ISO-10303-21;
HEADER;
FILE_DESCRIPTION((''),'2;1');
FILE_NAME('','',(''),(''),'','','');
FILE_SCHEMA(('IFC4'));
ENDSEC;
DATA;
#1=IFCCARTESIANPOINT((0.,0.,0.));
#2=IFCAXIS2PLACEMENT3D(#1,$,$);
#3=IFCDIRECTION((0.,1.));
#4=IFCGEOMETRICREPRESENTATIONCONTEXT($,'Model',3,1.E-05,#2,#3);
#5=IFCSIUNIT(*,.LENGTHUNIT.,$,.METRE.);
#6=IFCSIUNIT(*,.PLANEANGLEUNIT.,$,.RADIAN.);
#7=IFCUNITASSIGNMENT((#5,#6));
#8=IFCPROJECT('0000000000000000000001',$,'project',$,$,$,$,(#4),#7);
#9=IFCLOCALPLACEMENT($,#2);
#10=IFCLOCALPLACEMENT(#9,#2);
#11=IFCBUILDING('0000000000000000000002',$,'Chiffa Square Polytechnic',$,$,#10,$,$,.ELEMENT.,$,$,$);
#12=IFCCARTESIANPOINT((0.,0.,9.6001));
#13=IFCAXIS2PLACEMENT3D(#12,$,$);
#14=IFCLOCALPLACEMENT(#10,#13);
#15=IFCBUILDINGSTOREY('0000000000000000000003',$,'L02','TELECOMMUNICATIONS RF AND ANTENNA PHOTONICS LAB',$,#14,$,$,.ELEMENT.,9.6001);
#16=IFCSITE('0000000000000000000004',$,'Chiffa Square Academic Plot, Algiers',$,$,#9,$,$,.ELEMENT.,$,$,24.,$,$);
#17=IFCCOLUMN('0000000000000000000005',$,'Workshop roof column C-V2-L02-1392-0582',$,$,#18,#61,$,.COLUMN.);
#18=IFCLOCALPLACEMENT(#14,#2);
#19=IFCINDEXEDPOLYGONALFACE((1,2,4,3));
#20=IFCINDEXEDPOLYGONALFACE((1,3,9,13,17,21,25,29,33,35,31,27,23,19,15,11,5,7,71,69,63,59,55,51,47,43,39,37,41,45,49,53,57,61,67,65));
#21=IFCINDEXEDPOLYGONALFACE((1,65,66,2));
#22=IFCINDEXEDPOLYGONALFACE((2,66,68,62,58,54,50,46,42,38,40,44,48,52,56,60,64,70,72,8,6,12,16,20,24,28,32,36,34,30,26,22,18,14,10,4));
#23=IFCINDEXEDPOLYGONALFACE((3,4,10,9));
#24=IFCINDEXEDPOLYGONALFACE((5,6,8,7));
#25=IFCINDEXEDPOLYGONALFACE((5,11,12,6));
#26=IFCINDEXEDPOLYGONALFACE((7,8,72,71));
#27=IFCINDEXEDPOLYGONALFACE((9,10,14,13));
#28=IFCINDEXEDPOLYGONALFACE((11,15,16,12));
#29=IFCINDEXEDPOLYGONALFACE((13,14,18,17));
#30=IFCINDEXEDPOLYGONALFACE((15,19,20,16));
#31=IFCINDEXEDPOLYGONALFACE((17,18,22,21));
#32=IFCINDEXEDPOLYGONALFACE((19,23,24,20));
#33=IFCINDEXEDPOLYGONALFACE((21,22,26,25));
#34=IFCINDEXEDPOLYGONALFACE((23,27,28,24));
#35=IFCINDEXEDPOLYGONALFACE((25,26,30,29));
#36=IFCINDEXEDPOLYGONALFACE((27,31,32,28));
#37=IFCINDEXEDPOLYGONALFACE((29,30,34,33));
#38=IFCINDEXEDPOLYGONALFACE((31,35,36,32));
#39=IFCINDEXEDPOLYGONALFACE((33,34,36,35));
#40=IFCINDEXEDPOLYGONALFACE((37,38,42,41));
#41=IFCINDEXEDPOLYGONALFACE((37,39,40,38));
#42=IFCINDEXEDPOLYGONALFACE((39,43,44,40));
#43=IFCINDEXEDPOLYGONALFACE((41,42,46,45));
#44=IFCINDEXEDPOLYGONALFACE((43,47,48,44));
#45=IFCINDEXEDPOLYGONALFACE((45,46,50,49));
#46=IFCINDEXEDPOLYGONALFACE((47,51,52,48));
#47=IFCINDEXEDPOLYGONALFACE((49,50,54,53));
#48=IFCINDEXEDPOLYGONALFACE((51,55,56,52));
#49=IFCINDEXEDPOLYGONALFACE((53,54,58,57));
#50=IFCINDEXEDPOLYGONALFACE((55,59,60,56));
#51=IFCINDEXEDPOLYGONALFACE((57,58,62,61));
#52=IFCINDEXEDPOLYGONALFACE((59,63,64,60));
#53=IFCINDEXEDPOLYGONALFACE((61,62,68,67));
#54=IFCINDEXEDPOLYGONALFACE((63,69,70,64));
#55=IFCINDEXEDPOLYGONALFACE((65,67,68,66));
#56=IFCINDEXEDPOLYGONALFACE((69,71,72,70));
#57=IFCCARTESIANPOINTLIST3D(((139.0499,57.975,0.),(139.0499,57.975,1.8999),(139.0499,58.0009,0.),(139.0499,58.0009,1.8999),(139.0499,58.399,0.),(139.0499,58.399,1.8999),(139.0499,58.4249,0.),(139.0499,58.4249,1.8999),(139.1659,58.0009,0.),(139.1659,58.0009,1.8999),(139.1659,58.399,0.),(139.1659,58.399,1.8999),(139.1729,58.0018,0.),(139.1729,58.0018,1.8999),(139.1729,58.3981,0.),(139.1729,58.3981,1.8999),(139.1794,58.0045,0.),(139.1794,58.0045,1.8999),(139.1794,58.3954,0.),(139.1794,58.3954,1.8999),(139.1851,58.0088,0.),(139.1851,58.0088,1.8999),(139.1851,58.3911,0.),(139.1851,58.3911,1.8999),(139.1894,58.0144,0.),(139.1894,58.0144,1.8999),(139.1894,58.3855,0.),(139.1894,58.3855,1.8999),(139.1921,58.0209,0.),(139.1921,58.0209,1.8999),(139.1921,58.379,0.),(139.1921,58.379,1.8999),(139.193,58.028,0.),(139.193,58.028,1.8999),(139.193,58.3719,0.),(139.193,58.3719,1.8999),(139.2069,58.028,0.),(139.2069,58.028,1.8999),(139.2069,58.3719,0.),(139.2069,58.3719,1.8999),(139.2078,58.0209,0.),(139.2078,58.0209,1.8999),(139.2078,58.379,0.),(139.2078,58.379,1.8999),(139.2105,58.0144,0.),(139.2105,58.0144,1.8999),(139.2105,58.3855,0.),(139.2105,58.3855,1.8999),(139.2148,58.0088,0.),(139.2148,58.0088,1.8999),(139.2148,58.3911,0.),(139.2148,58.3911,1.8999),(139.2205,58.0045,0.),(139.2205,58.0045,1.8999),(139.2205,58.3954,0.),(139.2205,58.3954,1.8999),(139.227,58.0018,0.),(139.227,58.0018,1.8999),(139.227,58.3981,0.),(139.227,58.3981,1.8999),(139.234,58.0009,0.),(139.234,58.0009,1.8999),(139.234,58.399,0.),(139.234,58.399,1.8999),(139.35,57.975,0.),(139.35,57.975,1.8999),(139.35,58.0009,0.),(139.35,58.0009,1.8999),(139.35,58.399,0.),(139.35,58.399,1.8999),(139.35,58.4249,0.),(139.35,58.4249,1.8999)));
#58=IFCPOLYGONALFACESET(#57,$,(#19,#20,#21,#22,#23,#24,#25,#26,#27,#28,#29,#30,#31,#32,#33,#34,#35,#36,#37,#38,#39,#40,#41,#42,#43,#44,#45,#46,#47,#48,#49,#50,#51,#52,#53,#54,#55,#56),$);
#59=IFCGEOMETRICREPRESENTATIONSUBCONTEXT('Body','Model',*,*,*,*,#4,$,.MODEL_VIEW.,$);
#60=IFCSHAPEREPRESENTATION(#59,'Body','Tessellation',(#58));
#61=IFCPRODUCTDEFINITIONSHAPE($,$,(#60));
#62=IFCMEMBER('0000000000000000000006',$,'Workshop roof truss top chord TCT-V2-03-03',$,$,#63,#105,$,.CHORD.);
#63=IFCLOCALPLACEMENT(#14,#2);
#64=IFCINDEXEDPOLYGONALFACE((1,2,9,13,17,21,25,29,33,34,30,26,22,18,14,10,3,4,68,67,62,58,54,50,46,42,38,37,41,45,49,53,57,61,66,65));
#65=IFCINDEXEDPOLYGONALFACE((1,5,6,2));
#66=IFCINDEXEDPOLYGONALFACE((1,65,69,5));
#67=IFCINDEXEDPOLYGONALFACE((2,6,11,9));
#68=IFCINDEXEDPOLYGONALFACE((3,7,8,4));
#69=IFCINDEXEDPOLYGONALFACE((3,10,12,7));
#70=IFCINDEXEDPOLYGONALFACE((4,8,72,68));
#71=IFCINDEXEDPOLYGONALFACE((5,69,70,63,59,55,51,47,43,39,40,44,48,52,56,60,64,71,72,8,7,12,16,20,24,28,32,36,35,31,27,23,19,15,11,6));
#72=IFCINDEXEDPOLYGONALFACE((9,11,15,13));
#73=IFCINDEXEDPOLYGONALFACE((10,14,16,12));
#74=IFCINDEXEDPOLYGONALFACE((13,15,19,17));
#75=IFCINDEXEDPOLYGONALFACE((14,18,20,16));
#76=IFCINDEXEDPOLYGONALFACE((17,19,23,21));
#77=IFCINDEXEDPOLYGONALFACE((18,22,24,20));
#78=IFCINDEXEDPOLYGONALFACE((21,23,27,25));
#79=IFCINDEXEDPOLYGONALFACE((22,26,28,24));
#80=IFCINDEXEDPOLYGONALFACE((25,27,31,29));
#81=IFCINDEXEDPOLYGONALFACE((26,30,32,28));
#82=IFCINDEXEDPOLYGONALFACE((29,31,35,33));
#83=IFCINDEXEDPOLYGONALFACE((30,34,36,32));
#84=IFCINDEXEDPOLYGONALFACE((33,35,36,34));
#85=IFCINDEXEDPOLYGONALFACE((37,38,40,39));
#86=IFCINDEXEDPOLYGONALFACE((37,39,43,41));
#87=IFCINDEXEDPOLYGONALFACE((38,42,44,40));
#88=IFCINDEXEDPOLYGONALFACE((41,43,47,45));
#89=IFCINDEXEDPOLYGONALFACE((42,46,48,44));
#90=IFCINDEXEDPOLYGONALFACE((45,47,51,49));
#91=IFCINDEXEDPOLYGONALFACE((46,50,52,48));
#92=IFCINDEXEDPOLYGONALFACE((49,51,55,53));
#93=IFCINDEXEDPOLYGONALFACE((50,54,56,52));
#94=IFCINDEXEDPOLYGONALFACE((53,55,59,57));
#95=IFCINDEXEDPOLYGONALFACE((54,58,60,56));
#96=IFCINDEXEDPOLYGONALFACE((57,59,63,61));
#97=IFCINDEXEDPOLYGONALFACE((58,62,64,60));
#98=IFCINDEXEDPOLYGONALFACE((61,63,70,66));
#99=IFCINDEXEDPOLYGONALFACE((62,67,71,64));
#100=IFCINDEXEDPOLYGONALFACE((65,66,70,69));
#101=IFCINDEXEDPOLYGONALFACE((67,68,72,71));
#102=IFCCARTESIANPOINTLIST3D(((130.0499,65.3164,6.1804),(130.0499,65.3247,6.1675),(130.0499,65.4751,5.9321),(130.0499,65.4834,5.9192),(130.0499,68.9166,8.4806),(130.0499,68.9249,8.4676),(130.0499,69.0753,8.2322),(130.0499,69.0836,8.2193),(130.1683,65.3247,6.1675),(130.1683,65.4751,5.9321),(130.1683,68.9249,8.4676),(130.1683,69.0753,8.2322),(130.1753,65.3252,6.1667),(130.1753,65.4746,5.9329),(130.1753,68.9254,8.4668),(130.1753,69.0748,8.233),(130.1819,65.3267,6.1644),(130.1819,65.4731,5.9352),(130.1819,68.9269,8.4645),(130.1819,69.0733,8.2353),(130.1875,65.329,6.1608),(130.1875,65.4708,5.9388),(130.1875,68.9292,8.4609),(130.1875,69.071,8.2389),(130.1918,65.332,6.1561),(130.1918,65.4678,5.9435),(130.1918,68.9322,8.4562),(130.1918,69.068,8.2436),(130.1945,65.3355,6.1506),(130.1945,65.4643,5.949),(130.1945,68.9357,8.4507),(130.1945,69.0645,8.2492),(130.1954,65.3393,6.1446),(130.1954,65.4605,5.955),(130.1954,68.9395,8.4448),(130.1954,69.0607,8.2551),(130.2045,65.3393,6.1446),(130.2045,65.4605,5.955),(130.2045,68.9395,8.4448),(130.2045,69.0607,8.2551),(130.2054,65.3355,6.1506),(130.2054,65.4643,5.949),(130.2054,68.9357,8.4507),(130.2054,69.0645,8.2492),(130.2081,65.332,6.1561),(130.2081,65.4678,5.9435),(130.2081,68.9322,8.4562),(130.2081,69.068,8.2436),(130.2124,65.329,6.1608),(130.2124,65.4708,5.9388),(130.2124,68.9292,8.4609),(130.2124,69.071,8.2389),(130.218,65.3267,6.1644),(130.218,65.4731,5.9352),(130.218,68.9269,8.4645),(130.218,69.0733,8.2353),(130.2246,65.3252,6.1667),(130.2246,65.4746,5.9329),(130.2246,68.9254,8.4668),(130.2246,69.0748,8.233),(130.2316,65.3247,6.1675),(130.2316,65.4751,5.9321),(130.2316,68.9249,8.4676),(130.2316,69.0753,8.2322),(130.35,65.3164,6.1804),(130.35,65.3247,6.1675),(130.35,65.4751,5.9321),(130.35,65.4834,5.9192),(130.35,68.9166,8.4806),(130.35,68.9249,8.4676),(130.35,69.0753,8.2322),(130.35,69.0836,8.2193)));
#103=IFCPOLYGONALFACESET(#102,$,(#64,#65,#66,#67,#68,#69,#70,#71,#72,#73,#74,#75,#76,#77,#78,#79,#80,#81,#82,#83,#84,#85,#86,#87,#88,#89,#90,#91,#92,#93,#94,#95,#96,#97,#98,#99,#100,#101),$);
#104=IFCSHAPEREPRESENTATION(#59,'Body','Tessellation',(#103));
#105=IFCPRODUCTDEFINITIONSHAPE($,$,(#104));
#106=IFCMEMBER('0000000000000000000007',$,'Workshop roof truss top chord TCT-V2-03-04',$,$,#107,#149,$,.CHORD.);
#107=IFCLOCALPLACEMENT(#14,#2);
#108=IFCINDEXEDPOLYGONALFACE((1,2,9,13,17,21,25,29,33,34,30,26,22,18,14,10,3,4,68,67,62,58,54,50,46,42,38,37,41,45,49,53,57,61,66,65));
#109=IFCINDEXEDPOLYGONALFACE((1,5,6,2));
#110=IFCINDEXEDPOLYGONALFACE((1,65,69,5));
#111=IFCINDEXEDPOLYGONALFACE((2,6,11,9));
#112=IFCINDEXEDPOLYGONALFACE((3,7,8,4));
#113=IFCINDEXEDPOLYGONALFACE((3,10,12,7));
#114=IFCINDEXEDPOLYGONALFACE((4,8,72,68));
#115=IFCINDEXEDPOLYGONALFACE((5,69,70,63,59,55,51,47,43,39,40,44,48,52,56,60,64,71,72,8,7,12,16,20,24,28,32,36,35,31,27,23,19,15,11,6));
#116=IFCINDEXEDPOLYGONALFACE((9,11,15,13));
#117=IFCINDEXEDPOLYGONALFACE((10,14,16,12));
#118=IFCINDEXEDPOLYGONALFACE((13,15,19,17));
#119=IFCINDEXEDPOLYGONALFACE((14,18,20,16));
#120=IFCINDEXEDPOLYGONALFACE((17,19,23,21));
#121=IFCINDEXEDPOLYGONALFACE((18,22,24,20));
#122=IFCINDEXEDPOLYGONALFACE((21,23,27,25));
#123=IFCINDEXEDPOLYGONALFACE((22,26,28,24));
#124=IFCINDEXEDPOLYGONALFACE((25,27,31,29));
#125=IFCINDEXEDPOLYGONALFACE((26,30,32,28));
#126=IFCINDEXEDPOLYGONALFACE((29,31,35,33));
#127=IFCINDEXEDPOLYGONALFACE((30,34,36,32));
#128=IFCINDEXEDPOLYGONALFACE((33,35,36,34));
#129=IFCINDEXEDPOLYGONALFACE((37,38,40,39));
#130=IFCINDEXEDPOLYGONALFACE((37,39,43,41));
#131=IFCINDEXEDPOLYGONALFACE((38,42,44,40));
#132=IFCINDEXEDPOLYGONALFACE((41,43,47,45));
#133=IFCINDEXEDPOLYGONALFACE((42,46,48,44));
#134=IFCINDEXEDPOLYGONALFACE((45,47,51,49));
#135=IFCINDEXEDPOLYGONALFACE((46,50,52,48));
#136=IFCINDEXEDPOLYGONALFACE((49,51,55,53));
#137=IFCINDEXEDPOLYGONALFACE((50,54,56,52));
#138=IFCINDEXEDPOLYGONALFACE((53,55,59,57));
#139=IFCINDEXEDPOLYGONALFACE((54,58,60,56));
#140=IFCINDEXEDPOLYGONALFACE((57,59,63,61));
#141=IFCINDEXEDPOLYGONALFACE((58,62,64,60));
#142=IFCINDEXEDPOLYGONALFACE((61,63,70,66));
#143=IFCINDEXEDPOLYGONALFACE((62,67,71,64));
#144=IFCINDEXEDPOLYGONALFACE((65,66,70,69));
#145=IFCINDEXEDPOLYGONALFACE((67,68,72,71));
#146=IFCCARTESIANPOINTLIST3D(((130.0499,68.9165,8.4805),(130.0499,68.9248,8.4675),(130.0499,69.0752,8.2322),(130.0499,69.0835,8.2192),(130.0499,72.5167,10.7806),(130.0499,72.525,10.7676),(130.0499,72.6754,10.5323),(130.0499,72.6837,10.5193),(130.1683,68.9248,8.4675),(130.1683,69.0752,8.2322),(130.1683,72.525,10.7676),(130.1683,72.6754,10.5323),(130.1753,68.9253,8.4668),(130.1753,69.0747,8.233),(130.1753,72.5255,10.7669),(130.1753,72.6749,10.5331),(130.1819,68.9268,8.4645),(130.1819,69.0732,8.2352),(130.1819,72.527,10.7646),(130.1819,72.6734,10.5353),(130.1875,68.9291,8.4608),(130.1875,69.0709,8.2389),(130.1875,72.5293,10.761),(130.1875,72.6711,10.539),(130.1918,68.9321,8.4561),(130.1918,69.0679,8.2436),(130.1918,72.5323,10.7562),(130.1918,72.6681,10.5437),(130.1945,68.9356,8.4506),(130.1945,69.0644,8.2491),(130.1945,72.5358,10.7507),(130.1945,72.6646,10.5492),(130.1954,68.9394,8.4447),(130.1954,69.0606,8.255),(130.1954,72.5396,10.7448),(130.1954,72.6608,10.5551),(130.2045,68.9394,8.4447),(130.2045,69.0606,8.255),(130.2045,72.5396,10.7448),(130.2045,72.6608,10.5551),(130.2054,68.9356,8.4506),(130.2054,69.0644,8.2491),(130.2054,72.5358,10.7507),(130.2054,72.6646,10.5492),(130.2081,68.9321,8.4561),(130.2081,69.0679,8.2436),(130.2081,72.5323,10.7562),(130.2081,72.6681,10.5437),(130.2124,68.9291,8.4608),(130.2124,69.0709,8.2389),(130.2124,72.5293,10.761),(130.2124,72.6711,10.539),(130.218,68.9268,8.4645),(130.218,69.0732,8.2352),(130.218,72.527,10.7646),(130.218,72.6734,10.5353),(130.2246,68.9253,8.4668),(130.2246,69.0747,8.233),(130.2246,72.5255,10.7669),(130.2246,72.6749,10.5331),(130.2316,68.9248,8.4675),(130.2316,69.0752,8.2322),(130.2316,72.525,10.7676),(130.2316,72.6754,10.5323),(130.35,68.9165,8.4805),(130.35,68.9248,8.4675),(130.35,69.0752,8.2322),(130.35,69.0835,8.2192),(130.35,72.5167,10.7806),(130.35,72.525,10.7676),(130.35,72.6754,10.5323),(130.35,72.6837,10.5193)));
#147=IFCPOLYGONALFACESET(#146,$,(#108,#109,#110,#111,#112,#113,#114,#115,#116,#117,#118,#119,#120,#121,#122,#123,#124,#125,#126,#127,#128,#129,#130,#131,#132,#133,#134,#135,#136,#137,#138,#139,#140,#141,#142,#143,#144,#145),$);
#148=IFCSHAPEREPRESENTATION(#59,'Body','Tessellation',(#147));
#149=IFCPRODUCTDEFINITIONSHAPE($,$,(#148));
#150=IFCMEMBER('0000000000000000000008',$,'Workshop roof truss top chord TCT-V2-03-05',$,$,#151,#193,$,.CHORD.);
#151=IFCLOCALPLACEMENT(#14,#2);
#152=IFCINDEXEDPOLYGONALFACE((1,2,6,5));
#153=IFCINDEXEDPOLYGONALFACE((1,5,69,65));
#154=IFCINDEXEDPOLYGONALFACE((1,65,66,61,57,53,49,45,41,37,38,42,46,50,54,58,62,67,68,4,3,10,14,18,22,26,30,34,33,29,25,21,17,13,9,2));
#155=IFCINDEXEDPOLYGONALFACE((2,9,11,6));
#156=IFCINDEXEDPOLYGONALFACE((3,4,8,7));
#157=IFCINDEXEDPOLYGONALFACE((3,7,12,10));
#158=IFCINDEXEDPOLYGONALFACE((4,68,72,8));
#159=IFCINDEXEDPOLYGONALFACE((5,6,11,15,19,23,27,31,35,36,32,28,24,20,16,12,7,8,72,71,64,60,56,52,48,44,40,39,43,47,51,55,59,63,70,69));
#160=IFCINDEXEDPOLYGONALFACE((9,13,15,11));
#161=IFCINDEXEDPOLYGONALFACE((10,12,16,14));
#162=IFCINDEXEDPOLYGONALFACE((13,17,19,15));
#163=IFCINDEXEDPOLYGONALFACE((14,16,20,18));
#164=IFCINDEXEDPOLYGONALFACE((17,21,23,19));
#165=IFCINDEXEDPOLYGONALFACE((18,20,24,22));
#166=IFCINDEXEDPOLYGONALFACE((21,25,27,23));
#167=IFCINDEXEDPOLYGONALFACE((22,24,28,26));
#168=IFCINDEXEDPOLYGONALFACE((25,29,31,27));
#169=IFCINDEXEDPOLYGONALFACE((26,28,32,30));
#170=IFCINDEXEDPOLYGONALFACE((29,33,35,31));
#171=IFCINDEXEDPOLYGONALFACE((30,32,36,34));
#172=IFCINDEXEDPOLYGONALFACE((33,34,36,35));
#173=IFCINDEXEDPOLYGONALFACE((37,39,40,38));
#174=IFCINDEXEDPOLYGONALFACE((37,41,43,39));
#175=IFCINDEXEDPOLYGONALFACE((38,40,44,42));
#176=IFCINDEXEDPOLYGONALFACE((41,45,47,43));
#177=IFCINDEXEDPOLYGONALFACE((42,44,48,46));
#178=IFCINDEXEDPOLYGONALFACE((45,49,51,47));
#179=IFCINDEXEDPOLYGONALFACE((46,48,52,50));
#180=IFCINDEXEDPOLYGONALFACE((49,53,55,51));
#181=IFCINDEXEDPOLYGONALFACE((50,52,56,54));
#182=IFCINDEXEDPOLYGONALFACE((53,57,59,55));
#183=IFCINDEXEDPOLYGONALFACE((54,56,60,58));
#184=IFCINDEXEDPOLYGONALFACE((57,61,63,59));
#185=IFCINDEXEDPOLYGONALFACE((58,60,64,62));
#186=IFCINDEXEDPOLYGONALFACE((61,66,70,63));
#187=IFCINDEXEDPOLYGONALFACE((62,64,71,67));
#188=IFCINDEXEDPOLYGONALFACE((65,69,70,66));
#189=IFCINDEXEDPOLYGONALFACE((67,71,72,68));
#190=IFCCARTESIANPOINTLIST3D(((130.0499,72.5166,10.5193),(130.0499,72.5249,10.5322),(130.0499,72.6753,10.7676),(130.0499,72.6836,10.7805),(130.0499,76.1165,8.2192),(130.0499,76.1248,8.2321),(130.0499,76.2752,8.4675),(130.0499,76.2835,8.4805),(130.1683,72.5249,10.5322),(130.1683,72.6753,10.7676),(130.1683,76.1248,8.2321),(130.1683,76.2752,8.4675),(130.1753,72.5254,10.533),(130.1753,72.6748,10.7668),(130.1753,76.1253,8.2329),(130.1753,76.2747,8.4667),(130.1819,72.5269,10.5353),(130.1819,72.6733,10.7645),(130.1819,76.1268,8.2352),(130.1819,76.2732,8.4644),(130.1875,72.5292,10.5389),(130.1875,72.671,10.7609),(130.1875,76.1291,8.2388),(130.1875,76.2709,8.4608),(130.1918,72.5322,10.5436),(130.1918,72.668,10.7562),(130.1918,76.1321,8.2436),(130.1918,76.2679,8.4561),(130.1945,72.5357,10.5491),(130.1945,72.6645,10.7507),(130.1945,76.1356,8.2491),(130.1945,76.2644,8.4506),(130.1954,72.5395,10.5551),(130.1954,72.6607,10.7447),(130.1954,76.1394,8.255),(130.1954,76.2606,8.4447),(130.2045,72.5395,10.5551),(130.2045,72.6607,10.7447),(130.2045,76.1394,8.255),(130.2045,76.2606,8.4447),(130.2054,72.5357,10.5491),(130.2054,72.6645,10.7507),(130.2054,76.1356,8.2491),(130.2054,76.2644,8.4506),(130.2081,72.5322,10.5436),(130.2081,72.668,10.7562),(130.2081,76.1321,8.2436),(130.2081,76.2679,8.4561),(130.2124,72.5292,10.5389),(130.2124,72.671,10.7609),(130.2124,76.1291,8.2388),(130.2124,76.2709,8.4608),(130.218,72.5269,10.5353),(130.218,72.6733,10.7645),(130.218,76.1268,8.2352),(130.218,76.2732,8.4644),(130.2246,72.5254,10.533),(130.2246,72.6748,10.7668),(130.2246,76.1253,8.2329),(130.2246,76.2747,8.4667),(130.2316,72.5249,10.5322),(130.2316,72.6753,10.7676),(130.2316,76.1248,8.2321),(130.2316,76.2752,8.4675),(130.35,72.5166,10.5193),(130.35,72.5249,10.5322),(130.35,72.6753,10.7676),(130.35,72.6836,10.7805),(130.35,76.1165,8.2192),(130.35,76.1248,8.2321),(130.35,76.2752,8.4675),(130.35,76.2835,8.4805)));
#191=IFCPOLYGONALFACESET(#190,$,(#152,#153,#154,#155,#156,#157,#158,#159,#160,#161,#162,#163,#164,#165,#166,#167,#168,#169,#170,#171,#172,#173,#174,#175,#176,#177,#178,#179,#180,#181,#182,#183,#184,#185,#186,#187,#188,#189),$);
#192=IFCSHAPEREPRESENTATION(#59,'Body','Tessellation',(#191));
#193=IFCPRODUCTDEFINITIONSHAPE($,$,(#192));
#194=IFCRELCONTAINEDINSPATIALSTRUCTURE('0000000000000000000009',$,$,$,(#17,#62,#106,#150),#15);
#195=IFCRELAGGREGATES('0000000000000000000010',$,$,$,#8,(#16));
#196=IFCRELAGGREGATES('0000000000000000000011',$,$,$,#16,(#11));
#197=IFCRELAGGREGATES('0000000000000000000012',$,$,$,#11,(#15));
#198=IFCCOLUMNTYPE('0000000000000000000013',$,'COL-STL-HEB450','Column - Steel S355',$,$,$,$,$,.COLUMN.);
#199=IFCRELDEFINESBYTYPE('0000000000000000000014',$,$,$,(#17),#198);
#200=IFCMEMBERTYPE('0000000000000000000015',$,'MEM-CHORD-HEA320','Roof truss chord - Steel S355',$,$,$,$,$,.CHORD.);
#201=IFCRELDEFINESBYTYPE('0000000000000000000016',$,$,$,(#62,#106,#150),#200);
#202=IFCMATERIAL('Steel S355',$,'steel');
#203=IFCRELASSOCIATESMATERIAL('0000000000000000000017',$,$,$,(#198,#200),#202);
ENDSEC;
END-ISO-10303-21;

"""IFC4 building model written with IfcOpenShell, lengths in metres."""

from ifc_helpers import new_model, si_unit, direction, frame, origin, origin_2d, place, context, subcontext, project, spatial, i_section, extrude, material, material_profile, profile_set, type_object, element, save


model = new_model("IFC4")

# Units and contexts
model_context = context("Model", 3, precision=1e-05, world=origin(), true_north=direction((0.0, 1.0)))
body_context = subcontext(model_context, "Body", "Model", "MODEL_VIEW")
ifc_project = project(units=[si_unit("LENGTHUNIT", "METRE"), si_unit("PLANEANGLEUNIT", "RADIAN")], contexts=[model_context])

# Site, building, storey
site_placement = place(None, origin())
site = spatial("IfcSite", under=ifc_project, at=site_placement, Name="Chiffa Square Academic Plot, Algiers", CompositionType="ELEMENT", RefElevation=24.0)
building_placement = place(site_placement, origin())
building = spatial("IfcBuilding", under=site, at=building_placement, Name="Chiffa Square Polytechnic", CompositionType="ELEMENT")
storey_placement = place(building_placement, frame((0.0, 0.0, 9.6001)))
storey = spatial("IfcBuildingStorey", under=building, at=storey_placement, Name="L02", Description="TELECOMMUNICATIONS RF AND ANTENNA PHOTONICS LAB", CompositionType="ELEMENT", Elevation=9.6001)

# Column
ifc_material_1 = material(Name="Steel S355", Category="steel")
ifc_material_profile_1 = material_profile(ifc_material_1, i_section(OverallWidth=0.3, OverallDepth=0.45, WebThickness=0.0139, FlangeThickness=0.0259, FilletRadius=0.0271, at=origin_2d()), Name="HEB 450")
ifc_profile_set_1 = profile_set([ifc_material_profile_1], Name="Steel S355")
column_type = type_object("IfcColumnType", Name="COL-STL-HEB450", Description="Column - Steel S355", PredefinedType="COLUMN", material=ifc_profile_set_1)
column_placement = place(storey_placement, frame((139.2, 58.2, 0.0), z_axis=(0.0, 0.0, 1.0), x_axis=(1.0, 0.0, 0.0)))
element("IfcColumn", 1, at=column_placement, inside=storey, type_object=column_type, Name="Workshop roof column C-V2-L02-1392-0582", PredefinedType="COLUMN", context=body_context, shape_type="SweptSolid", body=[
    extrude(i_section(OverallWidth=0.3, OverallDepth=0.45, WebThickness=0.0139, FlangeThickness=0.0259, FilletRadius=0.0271, at=origin_2d()), origin(), (0.0, 0.0, 1.0), 1.8999),
])

# Members
ifc_material_profile_2 = material_profile(ifc_material_1, i_section(OverallWidth=0.3, OverallDepth=0.3101, WebThickness=0.009, FlangeThickness=0.0154, FilletRadius=0.0271, at=origin_2d()), Name="HEA 320")
ifc_profile_set_2 = profile_set([ifc_material_profile_2], Name="Steel S355")
member_type_1 = type_object("IfcMemberType", Name="MEM-CHORD-HEA320", Description="Roof truss chord - Steel S355", PredefinedType="CHORD", material=ifc_profile_set_2)
for number, where, z_axis, x_axis, name in (
    (2, (130.2, 65.3999, 6.0498), (0.0, 0.842698, 0.538387), (-1.0, 0.0, 0.0), "Workshop roof truss top chord TCT-V2-03-03"),
    (3, (130.2, 69.0, 8.3499), (0.0, 0.842698, 0.538387), (-1.0, 0.0, 0.0), "Workshop roof truss top chord TCT-V2-03-04"),
):
    element("IfcMember", number, at=place(storey_placement, frame(where, z_axis=z_axis, x_axis=x_axis)), inside=storey, type_object=member_type_1, Name=name, PredefinedType="CHORD", context=body_context, shape_type="SweptSolid", body=[
        extrude(i_section(OverallWidth=0.3, OverallDepth=0.3101, WebThickness=0.009, FlangeThickness=0.0154, FilletRadius=0.0271, at=origin_2d()), origin(), (0.0, 0.0, 1.0), 4.2722),
    ])
member_1_placement = place(storey_placement, frame((130.2, 72.6001, 10.6499), z_axis=(0.0, 0.842681, -0.538413), x_axis=(-1.0, 0.0, 0.0)))
element("IfcMember", 4, at=member_1_placement, inside=storey, type_object=member_type_1, Name="Workshop roof truss top chord TCT-V2-03-05", PredefinedType="CHORD", context=body_context, shape_type="SweptSolid", body=[
    extrude(i_section(OverallWidth=0.3, OverallDepth=0.3101, WebThickness=0.009, FlangeThickness=0.0154, FilletRadius=0.0271, at=origin_2d()), origin(), (0.0, 0.0, 1.0), 4.272),
])

save(model, "model.ifc")
